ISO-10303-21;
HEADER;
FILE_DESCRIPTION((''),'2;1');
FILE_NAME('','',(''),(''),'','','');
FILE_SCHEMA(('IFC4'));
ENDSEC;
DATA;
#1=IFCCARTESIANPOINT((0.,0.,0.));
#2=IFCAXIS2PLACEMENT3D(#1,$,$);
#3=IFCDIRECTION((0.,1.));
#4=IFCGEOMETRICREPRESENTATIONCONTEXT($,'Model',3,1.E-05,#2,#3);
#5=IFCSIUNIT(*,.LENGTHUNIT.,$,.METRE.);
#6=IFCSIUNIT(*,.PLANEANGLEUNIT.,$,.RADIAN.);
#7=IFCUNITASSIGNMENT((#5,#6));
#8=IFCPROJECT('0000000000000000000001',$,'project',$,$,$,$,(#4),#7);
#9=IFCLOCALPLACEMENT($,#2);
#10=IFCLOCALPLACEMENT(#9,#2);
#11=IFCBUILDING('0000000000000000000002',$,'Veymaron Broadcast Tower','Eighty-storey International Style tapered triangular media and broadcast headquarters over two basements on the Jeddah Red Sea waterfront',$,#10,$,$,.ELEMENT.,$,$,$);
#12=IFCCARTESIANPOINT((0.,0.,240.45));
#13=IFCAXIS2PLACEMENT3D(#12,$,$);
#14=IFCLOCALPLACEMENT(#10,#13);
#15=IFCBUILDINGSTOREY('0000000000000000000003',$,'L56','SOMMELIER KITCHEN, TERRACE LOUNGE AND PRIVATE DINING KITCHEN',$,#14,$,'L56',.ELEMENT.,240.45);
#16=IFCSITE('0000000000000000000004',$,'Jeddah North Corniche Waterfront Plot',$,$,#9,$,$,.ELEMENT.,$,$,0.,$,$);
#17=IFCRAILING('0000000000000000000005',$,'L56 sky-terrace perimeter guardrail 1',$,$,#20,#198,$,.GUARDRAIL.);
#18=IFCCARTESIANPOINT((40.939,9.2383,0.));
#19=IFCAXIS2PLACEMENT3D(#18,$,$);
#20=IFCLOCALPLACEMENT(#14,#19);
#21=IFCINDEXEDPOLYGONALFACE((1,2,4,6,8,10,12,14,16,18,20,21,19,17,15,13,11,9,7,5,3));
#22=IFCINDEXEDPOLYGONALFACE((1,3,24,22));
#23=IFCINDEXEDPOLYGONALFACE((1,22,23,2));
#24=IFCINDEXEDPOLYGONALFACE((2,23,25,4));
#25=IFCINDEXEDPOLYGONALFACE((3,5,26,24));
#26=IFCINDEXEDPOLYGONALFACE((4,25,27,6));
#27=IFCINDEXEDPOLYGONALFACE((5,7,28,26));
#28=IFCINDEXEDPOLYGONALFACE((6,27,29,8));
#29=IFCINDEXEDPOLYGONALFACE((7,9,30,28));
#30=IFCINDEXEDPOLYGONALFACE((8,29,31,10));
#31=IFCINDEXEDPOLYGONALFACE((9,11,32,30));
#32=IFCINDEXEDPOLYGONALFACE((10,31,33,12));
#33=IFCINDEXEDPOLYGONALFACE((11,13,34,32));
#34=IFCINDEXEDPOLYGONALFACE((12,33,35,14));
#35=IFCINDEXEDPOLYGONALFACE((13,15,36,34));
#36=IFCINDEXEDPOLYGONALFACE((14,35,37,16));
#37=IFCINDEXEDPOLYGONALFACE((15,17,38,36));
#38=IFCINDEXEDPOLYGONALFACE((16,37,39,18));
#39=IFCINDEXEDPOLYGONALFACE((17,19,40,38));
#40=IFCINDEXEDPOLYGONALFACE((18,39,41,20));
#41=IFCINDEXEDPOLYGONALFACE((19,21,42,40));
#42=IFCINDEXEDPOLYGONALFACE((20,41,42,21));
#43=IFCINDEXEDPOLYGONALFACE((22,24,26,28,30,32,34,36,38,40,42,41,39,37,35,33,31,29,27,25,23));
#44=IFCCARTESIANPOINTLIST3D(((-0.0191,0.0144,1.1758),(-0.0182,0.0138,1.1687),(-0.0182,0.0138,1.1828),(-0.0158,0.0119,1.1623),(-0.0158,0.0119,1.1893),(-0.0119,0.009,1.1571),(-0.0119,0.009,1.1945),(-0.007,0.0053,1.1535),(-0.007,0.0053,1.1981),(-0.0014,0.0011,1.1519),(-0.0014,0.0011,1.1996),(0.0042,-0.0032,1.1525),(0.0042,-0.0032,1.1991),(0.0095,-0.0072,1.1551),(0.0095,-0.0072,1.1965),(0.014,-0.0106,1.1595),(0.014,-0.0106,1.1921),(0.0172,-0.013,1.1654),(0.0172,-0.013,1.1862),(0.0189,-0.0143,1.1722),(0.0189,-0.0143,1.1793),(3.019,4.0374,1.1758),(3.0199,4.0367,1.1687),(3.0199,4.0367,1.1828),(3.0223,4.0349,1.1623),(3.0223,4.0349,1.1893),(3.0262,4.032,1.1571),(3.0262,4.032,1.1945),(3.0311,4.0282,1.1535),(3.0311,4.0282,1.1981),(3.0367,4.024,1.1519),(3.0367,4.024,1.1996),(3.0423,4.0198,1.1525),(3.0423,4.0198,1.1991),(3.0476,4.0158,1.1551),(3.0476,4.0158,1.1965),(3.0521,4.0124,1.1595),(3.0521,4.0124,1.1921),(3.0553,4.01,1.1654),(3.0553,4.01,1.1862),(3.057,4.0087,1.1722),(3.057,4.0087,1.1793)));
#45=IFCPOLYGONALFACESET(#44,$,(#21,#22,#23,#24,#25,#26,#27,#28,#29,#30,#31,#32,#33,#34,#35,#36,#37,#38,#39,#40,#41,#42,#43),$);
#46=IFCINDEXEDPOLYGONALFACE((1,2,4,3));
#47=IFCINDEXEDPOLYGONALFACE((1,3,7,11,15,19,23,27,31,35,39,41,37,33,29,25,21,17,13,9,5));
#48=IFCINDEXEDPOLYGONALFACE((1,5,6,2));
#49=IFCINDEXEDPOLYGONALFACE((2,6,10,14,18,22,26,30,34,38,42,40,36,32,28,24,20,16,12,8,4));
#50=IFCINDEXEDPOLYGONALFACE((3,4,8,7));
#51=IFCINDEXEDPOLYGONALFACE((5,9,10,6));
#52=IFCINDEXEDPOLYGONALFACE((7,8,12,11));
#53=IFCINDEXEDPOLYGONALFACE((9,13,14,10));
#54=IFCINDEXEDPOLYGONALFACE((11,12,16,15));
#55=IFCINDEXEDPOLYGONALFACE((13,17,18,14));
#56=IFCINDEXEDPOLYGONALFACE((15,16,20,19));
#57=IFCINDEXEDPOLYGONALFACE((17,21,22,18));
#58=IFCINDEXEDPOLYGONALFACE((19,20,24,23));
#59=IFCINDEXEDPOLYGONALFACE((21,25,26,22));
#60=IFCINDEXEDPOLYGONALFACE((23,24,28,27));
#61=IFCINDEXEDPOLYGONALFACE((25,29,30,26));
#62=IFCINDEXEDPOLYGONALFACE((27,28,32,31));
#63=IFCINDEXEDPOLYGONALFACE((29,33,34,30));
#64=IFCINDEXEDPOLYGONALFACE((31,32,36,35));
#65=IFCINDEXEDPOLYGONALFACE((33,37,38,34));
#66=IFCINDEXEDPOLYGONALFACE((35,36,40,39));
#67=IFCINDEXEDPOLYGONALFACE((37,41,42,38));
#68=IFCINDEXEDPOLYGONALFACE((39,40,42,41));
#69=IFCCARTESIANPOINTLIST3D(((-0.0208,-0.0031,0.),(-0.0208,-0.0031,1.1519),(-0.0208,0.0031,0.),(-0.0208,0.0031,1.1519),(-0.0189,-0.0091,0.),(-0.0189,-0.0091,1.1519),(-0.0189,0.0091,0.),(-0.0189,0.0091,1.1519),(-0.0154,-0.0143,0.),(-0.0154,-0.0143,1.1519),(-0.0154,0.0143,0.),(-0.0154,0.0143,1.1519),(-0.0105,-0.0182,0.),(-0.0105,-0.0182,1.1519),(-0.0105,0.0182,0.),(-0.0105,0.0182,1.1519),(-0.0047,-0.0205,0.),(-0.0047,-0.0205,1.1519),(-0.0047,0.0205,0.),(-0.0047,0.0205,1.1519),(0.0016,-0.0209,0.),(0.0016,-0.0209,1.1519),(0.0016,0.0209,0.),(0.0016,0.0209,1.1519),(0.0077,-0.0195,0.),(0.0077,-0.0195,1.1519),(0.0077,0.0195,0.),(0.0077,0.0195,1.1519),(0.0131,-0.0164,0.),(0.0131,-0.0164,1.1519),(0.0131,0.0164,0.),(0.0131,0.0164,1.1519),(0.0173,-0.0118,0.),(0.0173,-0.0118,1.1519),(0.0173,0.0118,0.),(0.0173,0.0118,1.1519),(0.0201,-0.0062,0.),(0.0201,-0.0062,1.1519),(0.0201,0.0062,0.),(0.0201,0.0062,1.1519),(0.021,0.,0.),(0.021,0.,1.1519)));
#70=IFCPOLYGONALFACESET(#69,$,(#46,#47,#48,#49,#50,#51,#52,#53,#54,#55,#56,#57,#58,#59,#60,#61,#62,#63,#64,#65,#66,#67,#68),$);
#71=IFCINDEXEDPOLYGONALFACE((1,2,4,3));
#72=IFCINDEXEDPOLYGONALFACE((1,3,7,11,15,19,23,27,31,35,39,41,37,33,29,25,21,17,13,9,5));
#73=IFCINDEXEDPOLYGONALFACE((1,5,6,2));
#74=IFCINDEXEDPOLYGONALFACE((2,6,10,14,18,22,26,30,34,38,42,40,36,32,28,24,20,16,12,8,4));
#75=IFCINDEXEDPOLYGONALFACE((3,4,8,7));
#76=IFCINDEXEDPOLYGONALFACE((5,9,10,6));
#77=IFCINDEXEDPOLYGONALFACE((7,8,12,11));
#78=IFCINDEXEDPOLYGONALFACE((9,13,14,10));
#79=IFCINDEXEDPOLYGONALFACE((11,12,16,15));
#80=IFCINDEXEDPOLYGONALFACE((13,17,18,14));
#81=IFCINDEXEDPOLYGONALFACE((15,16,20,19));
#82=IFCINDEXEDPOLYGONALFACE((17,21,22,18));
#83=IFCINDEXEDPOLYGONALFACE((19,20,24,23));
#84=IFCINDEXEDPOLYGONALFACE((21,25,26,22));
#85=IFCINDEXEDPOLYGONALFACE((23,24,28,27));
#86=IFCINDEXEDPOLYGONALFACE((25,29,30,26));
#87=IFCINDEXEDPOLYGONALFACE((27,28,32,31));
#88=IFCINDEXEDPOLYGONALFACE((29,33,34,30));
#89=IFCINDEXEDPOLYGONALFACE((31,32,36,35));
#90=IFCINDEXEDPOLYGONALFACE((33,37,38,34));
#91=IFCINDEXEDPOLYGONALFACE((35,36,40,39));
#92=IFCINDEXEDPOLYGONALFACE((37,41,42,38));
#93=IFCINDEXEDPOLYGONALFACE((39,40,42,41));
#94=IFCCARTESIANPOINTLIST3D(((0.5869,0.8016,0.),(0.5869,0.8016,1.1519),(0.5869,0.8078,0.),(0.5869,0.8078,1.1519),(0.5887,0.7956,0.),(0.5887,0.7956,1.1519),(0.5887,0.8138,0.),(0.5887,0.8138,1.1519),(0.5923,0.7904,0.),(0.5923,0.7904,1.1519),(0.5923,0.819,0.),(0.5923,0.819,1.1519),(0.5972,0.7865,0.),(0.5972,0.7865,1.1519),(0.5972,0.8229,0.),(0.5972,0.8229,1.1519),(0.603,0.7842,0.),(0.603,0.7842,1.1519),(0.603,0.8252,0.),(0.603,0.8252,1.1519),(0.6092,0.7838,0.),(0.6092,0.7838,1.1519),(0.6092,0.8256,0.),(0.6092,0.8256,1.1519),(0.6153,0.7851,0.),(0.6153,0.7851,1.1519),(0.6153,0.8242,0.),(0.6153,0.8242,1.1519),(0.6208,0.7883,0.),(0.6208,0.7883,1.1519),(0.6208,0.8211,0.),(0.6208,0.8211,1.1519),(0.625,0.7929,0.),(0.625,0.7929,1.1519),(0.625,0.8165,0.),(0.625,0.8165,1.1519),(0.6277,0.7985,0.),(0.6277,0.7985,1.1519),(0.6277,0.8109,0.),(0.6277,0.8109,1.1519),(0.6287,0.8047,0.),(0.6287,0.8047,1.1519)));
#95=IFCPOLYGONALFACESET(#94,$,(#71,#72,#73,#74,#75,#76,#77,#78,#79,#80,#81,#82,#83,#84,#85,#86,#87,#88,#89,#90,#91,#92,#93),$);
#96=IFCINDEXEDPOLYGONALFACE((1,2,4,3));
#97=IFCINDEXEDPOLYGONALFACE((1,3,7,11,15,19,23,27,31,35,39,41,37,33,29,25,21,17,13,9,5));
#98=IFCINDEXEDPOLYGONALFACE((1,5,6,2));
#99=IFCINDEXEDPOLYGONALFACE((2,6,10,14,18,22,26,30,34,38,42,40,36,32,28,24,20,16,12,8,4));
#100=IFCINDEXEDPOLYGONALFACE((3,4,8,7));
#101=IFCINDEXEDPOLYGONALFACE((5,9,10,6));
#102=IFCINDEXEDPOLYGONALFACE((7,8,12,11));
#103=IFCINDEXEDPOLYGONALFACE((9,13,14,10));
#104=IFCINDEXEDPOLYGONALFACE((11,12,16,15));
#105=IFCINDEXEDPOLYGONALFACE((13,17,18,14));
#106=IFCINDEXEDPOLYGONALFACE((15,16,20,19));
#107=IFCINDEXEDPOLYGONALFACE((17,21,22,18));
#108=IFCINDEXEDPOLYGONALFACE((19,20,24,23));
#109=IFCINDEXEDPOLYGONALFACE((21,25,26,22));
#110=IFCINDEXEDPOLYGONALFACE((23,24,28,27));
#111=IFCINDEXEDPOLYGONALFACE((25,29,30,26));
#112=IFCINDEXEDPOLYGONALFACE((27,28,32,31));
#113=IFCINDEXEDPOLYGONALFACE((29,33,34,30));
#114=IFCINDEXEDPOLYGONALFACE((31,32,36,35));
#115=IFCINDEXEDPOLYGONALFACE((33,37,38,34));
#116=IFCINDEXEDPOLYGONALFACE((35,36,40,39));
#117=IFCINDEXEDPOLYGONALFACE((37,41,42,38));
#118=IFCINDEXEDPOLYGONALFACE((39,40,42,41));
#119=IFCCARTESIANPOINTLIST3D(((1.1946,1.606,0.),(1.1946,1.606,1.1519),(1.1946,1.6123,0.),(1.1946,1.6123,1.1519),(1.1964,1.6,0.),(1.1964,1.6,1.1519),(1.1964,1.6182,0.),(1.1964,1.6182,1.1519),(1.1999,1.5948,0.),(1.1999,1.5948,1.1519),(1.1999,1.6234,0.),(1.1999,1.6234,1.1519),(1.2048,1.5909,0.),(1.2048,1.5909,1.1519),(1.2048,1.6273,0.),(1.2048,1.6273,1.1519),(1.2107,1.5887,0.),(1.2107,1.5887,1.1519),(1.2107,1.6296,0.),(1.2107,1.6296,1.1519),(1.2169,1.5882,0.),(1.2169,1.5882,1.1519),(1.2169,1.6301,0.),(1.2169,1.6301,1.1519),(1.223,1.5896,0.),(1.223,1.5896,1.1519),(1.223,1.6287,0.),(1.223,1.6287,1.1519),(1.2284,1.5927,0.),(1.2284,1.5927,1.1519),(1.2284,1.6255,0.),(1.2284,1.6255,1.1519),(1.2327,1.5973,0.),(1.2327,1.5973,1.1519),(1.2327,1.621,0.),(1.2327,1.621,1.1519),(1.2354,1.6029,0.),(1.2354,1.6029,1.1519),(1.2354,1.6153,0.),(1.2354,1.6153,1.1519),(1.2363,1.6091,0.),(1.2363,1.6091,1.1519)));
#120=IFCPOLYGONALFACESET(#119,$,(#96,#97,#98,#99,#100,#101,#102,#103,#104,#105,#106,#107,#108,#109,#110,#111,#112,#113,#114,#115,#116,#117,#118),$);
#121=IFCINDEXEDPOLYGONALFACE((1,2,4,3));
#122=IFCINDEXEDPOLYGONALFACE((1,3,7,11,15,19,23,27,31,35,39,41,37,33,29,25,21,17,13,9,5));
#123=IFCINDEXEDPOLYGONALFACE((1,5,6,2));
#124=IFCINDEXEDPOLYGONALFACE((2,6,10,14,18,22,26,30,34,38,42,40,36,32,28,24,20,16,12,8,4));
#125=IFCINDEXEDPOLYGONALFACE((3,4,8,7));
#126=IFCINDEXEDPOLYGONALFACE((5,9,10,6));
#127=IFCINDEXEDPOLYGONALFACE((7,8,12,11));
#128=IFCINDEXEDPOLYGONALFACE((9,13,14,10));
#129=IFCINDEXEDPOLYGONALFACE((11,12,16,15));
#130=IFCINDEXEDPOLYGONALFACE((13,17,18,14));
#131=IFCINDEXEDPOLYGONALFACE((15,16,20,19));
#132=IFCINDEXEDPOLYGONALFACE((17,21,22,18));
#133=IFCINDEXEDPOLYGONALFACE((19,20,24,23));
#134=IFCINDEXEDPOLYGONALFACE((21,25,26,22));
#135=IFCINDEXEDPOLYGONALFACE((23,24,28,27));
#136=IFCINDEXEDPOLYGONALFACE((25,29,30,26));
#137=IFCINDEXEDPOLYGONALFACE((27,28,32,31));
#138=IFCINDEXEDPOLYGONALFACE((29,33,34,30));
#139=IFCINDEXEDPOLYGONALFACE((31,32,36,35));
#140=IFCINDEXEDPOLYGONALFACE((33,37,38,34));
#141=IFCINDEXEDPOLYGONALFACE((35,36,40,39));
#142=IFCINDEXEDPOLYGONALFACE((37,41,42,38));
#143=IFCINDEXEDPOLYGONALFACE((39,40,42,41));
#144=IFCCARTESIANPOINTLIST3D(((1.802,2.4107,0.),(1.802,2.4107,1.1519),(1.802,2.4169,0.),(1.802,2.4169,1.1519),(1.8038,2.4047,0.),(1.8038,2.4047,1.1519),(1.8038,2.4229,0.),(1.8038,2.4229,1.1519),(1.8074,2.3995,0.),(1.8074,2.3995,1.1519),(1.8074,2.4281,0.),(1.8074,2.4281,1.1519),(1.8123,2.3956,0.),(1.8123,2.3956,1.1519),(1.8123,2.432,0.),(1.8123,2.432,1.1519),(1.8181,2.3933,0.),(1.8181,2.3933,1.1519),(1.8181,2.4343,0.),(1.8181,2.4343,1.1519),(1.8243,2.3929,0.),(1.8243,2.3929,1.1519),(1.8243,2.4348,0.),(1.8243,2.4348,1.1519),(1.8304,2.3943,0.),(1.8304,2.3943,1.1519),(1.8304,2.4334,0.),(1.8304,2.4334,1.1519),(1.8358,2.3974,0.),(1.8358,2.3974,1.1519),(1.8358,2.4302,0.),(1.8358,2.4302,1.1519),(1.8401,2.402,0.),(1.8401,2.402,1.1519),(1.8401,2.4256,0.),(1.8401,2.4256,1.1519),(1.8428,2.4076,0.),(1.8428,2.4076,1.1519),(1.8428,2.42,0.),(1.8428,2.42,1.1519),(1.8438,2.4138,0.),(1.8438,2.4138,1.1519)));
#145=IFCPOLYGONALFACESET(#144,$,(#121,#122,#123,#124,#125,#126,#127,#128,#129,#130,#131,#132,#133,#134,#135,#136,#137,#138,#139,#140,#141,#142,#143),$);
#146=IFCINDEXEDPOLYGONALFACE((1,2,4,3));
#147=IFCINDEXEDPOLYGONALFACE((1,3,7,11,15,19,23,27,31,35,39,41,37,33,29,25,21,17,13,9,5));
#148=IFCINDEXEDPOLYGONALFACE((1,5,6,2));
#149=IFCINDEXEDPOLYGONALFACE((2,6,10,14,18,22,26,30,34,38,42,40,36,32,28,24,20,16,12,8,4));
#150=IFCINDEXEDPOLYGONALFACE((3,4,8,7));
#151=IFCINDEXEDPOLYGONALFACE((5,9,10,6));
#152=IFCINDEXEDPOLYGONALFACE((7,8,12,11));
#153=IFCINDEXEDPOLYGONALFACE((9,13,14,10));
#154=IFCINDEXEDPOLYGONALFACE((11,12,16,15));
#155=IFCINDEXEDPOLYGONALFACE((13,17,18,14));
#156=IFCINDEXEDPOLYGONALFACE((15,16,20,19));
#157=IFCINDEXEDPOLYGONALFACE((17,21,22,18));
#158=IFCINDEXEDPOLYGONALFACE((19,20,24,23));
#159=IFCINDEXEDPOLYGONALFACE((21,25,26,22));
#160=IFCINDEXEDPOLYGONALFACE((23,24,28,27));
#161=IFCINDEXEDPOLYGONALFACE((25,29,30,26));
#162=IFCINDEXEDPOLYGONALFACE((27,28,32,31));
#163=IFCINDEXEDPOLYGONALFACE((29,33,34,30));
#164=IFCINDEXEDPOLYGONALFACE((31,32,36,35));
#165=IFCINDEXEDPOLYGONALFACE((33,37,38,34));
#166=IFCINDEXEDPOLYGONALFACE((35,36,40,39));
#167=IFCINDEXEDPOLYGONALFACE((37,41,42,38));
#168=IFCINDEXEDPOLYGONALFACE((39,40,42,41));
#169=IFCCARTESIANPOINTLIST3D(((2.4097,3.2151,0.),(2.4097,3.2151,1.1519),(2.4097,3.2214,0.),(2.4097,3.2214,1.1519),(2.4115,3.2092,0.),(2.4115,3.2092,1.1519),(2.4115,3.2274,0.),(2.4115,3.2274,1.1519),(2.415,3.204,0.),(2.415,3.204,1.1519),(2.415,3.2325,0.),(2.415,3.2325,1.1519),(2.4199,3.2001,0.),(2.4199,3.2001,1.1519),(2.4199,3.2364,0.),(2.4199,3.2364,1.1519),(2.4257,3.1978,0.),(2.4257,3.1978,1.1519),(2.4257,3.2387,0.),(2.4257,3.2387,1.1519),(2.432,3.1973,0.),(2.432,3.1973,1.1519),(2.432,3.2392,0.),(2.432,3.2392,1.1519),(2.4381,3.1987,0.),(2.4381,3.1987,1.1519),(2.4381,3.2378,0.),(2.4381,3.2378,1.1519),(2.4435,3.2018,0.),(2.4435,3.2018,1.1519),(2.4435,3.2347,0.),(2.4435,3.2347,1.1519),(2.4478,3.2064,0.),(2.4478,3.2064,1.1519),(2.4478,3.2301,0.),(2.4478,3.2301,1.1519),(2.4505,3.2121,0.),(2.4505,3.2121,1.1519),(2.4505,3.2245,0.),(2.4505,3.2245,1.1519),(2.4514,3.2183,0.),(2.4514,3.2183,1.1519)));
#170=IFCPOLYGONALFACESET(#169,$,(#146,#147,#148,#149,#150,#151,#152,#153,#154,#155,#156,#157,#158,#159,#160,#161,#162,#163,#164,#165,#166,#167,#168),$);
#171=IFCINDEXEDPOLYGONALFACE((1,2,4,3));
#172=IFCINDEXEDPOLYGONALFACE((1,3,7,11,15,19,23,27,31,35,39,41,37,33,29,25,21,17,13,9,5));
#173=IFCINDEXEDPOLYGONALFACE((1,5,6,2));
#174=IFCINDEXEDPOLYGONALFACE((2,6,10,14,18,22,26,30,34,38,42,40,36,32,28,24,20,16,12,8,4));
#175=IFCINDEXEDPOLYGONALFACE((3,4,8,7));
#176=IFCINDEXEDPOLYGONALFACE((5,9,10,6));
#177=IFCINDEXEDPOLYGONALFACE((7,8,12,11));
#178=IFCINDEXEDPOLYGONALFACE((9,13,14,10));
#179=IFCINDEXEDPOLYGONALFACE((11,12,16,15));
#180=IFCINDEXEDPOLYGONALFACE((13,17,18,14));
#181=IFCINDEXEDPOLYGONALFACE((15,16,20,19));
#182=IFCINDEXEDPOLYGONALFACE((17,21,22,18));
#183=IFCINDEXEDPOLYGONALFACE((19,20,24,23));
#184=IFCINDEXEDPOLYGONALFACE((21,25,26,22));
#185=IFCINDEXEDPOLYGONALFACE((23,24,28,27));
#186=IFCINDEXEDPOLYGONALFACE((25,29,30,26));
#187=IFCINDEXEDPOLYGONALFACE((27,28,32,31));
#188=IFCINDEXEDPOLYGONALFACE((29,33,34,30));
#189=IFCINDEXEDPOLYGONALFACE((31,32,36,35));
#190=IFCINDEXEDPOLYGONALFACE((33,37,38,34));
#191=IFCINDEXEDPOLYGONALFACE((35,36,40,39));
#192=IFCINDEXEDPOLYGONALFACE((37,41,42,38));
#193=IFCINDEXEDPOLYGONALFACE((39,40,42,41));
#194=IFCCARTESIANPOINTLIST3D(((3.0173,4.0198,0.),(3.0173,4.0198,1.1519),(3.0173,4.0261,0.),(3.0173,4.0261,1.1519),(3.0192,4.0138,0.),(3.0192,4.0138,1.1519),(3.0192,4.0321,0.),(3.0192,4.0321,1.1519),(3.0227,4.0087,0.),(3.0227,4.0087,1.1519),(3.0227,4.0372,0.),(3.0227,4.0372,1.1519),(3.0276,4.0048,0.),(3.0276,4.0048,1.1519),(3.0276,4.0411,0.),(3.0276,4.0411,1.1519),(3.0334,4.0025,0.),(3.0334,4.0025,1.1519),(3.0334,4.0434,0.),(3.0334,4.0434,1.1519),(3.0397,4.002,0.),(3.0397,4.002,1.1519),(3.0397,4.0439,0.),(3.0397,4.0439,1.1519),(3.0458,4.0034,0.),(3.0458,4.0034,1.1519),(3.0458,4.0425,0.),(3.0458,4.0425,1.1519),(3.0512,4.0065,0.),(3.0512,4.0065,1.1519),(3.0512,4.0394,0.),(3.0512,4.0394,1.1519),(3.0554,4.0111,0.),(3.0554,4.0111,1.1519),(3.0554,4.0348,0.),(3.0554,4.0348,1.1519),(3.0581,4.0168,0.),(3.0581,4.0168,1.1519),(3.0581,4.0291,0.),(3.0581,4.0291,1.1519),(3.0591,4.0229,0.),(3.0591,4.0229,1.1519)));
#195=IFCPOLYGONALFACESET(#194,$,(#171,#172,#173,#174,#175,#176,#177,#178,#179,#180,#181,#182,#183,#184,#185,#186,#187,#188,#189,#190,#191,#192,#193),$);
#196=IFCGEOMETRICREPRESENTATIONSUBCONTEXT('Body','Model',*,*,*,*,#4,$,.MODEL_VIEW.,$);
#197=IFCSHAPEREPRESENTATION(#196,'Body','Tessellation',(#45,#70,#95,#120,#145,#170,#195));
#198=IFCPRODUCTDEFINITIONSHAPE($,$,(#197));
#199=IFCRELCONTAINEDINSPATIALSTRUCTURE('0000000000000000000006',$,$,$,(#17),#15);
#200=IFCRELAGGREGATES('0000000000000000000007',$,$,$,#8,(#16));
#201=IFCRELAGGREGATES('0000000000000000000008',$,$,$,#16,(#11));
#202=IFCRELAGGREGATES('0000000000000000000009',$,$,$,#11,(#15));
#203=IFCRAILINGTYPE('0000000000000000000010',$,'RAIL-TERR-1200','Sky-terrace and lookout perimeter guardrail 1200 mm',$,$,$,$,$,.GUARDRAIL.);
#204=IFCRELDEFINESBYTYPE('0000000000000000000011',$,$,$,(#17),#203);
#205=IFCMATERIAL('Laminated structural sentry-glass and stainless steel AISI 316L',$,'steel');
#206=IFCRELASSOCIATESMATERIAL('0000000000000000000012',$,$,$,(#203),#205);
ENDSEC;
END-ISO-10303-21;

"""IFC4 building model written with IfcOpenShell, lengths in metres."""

from ifc_helpers import new_model, si_unit, direction, frame, origin, origin_2d, place, context, subcontext, project, spatial, circle, extrude, material, type_object, element, save


model = new_model("IFC4")

# Units and contexts
model_context = context("Model", 3, precision=1e-05, world=origin(), true_north=direction((0.0, 1.0)))
body_context = subcontext(model_context, "Body", "Model", "MODEL_VIEW")
ifc_project = project(units=[si_unit("LENGTHUNIT", "METRE"), si_unit("PLANEANGLEUNIT", "RADIAN")], contexts=[model_context])

# Site, building, storey
site_placement = place(None, origin())
site = spatial("IfcSite", under=ifc_project, at=site_placement, Name="Jeddah North Corniche Waterfront Plot", CompositionType="ELEMENT", RefElevation=0.0)
building_placement = place(site_placement, origin())
building = spatial("IfcBuilding", under=site, at=building_placement, Name="Veymaron Broadcast Tower", Description="Eighty-storey International Style tapered triangular media and broadcast headquarters over two basements on the Jeddah Red Sea waterfront", CompositionType="ELEMENT")
storey_placement = place(building_placement, frame((0.0, 0.0, 240.45)))
storey = spatial("IfcBuildingStorey", under=building, at=storey_placement, Name="L56", Description="SOMMELIER KITCHEN, TERRACE LOUNGE AND PRIVATE DINING KITCHEN", LongName="L56", CompositionType="ELEMENT", Elevation=240.45)

# Railing
ifc_material_1 = material(Name="Laminated structural sentry-glass and stainless steel AISI 316L", Category="steel")
railing_type_1 = type_object("IfcRailingType", Name="RAIL-TERR-1200", Description="Sky-terrace and lookout perimeter guardrail 1200 mm", PredefinedType="GUARDRAIL", material=ifc_material_1)
railing_1_placement = place(storey_placement, frame((40.939, 9.2383, 0.0)))
element("IfcRailing", 1, at=railing_1_placement, inside=storey, type_object=railing_type_1, Name="L56 sky-terrace perimeter guardrail 1", PredefinedType="GUARDRAIL", context=body_context, shape_type="SweptSolid", body=[
    extrude(circle(Radius=0.0239, at=origin_2d()), frame((0.0, 0.0, 1.1758), z_axis=(0.602647, 0.798008, 0.0), x_axis=(-0.798008, 0.602647, 0.0)), (0.0, 0.0, 1.0), 5.0413),
    extrude(circle(Radius=0.021, at=origin_2d()), origin(), (0.0, 0.0, 1.0), 1.1519),
    extrude(circle(Radius=0.021, at=origin_2d()), frame((0.6077, 0.8047, 0.0)), (0.0, 0.0, 1.0), 1.1519),
    extrude(circle(Radius=0.021, at=origin_2d()), frame((1.2153, 1.6091, 0.0)), (0.0, 0.0, 1.0), 1.1519),
    extrude(circle(Radius=0.021, at=origin_2d()), frame((1.8228, 2.4138, 0.0)), (0.0, 0.0, 1.0), 1.1519),
    extrude(circle(Radius=0.021, at=origin_2d()), frame((2.4304, 3.2183, 0.0)), (0.0, 0.0, 1.0), 1.1519),
    extrude(circle(Radius=0.021, at=origin_2d()), frame((3.0381, 4.0229, 0.0)), (0.0, 0.0, 1.0), 1.1519),
])

save(model, "model.ifc")
